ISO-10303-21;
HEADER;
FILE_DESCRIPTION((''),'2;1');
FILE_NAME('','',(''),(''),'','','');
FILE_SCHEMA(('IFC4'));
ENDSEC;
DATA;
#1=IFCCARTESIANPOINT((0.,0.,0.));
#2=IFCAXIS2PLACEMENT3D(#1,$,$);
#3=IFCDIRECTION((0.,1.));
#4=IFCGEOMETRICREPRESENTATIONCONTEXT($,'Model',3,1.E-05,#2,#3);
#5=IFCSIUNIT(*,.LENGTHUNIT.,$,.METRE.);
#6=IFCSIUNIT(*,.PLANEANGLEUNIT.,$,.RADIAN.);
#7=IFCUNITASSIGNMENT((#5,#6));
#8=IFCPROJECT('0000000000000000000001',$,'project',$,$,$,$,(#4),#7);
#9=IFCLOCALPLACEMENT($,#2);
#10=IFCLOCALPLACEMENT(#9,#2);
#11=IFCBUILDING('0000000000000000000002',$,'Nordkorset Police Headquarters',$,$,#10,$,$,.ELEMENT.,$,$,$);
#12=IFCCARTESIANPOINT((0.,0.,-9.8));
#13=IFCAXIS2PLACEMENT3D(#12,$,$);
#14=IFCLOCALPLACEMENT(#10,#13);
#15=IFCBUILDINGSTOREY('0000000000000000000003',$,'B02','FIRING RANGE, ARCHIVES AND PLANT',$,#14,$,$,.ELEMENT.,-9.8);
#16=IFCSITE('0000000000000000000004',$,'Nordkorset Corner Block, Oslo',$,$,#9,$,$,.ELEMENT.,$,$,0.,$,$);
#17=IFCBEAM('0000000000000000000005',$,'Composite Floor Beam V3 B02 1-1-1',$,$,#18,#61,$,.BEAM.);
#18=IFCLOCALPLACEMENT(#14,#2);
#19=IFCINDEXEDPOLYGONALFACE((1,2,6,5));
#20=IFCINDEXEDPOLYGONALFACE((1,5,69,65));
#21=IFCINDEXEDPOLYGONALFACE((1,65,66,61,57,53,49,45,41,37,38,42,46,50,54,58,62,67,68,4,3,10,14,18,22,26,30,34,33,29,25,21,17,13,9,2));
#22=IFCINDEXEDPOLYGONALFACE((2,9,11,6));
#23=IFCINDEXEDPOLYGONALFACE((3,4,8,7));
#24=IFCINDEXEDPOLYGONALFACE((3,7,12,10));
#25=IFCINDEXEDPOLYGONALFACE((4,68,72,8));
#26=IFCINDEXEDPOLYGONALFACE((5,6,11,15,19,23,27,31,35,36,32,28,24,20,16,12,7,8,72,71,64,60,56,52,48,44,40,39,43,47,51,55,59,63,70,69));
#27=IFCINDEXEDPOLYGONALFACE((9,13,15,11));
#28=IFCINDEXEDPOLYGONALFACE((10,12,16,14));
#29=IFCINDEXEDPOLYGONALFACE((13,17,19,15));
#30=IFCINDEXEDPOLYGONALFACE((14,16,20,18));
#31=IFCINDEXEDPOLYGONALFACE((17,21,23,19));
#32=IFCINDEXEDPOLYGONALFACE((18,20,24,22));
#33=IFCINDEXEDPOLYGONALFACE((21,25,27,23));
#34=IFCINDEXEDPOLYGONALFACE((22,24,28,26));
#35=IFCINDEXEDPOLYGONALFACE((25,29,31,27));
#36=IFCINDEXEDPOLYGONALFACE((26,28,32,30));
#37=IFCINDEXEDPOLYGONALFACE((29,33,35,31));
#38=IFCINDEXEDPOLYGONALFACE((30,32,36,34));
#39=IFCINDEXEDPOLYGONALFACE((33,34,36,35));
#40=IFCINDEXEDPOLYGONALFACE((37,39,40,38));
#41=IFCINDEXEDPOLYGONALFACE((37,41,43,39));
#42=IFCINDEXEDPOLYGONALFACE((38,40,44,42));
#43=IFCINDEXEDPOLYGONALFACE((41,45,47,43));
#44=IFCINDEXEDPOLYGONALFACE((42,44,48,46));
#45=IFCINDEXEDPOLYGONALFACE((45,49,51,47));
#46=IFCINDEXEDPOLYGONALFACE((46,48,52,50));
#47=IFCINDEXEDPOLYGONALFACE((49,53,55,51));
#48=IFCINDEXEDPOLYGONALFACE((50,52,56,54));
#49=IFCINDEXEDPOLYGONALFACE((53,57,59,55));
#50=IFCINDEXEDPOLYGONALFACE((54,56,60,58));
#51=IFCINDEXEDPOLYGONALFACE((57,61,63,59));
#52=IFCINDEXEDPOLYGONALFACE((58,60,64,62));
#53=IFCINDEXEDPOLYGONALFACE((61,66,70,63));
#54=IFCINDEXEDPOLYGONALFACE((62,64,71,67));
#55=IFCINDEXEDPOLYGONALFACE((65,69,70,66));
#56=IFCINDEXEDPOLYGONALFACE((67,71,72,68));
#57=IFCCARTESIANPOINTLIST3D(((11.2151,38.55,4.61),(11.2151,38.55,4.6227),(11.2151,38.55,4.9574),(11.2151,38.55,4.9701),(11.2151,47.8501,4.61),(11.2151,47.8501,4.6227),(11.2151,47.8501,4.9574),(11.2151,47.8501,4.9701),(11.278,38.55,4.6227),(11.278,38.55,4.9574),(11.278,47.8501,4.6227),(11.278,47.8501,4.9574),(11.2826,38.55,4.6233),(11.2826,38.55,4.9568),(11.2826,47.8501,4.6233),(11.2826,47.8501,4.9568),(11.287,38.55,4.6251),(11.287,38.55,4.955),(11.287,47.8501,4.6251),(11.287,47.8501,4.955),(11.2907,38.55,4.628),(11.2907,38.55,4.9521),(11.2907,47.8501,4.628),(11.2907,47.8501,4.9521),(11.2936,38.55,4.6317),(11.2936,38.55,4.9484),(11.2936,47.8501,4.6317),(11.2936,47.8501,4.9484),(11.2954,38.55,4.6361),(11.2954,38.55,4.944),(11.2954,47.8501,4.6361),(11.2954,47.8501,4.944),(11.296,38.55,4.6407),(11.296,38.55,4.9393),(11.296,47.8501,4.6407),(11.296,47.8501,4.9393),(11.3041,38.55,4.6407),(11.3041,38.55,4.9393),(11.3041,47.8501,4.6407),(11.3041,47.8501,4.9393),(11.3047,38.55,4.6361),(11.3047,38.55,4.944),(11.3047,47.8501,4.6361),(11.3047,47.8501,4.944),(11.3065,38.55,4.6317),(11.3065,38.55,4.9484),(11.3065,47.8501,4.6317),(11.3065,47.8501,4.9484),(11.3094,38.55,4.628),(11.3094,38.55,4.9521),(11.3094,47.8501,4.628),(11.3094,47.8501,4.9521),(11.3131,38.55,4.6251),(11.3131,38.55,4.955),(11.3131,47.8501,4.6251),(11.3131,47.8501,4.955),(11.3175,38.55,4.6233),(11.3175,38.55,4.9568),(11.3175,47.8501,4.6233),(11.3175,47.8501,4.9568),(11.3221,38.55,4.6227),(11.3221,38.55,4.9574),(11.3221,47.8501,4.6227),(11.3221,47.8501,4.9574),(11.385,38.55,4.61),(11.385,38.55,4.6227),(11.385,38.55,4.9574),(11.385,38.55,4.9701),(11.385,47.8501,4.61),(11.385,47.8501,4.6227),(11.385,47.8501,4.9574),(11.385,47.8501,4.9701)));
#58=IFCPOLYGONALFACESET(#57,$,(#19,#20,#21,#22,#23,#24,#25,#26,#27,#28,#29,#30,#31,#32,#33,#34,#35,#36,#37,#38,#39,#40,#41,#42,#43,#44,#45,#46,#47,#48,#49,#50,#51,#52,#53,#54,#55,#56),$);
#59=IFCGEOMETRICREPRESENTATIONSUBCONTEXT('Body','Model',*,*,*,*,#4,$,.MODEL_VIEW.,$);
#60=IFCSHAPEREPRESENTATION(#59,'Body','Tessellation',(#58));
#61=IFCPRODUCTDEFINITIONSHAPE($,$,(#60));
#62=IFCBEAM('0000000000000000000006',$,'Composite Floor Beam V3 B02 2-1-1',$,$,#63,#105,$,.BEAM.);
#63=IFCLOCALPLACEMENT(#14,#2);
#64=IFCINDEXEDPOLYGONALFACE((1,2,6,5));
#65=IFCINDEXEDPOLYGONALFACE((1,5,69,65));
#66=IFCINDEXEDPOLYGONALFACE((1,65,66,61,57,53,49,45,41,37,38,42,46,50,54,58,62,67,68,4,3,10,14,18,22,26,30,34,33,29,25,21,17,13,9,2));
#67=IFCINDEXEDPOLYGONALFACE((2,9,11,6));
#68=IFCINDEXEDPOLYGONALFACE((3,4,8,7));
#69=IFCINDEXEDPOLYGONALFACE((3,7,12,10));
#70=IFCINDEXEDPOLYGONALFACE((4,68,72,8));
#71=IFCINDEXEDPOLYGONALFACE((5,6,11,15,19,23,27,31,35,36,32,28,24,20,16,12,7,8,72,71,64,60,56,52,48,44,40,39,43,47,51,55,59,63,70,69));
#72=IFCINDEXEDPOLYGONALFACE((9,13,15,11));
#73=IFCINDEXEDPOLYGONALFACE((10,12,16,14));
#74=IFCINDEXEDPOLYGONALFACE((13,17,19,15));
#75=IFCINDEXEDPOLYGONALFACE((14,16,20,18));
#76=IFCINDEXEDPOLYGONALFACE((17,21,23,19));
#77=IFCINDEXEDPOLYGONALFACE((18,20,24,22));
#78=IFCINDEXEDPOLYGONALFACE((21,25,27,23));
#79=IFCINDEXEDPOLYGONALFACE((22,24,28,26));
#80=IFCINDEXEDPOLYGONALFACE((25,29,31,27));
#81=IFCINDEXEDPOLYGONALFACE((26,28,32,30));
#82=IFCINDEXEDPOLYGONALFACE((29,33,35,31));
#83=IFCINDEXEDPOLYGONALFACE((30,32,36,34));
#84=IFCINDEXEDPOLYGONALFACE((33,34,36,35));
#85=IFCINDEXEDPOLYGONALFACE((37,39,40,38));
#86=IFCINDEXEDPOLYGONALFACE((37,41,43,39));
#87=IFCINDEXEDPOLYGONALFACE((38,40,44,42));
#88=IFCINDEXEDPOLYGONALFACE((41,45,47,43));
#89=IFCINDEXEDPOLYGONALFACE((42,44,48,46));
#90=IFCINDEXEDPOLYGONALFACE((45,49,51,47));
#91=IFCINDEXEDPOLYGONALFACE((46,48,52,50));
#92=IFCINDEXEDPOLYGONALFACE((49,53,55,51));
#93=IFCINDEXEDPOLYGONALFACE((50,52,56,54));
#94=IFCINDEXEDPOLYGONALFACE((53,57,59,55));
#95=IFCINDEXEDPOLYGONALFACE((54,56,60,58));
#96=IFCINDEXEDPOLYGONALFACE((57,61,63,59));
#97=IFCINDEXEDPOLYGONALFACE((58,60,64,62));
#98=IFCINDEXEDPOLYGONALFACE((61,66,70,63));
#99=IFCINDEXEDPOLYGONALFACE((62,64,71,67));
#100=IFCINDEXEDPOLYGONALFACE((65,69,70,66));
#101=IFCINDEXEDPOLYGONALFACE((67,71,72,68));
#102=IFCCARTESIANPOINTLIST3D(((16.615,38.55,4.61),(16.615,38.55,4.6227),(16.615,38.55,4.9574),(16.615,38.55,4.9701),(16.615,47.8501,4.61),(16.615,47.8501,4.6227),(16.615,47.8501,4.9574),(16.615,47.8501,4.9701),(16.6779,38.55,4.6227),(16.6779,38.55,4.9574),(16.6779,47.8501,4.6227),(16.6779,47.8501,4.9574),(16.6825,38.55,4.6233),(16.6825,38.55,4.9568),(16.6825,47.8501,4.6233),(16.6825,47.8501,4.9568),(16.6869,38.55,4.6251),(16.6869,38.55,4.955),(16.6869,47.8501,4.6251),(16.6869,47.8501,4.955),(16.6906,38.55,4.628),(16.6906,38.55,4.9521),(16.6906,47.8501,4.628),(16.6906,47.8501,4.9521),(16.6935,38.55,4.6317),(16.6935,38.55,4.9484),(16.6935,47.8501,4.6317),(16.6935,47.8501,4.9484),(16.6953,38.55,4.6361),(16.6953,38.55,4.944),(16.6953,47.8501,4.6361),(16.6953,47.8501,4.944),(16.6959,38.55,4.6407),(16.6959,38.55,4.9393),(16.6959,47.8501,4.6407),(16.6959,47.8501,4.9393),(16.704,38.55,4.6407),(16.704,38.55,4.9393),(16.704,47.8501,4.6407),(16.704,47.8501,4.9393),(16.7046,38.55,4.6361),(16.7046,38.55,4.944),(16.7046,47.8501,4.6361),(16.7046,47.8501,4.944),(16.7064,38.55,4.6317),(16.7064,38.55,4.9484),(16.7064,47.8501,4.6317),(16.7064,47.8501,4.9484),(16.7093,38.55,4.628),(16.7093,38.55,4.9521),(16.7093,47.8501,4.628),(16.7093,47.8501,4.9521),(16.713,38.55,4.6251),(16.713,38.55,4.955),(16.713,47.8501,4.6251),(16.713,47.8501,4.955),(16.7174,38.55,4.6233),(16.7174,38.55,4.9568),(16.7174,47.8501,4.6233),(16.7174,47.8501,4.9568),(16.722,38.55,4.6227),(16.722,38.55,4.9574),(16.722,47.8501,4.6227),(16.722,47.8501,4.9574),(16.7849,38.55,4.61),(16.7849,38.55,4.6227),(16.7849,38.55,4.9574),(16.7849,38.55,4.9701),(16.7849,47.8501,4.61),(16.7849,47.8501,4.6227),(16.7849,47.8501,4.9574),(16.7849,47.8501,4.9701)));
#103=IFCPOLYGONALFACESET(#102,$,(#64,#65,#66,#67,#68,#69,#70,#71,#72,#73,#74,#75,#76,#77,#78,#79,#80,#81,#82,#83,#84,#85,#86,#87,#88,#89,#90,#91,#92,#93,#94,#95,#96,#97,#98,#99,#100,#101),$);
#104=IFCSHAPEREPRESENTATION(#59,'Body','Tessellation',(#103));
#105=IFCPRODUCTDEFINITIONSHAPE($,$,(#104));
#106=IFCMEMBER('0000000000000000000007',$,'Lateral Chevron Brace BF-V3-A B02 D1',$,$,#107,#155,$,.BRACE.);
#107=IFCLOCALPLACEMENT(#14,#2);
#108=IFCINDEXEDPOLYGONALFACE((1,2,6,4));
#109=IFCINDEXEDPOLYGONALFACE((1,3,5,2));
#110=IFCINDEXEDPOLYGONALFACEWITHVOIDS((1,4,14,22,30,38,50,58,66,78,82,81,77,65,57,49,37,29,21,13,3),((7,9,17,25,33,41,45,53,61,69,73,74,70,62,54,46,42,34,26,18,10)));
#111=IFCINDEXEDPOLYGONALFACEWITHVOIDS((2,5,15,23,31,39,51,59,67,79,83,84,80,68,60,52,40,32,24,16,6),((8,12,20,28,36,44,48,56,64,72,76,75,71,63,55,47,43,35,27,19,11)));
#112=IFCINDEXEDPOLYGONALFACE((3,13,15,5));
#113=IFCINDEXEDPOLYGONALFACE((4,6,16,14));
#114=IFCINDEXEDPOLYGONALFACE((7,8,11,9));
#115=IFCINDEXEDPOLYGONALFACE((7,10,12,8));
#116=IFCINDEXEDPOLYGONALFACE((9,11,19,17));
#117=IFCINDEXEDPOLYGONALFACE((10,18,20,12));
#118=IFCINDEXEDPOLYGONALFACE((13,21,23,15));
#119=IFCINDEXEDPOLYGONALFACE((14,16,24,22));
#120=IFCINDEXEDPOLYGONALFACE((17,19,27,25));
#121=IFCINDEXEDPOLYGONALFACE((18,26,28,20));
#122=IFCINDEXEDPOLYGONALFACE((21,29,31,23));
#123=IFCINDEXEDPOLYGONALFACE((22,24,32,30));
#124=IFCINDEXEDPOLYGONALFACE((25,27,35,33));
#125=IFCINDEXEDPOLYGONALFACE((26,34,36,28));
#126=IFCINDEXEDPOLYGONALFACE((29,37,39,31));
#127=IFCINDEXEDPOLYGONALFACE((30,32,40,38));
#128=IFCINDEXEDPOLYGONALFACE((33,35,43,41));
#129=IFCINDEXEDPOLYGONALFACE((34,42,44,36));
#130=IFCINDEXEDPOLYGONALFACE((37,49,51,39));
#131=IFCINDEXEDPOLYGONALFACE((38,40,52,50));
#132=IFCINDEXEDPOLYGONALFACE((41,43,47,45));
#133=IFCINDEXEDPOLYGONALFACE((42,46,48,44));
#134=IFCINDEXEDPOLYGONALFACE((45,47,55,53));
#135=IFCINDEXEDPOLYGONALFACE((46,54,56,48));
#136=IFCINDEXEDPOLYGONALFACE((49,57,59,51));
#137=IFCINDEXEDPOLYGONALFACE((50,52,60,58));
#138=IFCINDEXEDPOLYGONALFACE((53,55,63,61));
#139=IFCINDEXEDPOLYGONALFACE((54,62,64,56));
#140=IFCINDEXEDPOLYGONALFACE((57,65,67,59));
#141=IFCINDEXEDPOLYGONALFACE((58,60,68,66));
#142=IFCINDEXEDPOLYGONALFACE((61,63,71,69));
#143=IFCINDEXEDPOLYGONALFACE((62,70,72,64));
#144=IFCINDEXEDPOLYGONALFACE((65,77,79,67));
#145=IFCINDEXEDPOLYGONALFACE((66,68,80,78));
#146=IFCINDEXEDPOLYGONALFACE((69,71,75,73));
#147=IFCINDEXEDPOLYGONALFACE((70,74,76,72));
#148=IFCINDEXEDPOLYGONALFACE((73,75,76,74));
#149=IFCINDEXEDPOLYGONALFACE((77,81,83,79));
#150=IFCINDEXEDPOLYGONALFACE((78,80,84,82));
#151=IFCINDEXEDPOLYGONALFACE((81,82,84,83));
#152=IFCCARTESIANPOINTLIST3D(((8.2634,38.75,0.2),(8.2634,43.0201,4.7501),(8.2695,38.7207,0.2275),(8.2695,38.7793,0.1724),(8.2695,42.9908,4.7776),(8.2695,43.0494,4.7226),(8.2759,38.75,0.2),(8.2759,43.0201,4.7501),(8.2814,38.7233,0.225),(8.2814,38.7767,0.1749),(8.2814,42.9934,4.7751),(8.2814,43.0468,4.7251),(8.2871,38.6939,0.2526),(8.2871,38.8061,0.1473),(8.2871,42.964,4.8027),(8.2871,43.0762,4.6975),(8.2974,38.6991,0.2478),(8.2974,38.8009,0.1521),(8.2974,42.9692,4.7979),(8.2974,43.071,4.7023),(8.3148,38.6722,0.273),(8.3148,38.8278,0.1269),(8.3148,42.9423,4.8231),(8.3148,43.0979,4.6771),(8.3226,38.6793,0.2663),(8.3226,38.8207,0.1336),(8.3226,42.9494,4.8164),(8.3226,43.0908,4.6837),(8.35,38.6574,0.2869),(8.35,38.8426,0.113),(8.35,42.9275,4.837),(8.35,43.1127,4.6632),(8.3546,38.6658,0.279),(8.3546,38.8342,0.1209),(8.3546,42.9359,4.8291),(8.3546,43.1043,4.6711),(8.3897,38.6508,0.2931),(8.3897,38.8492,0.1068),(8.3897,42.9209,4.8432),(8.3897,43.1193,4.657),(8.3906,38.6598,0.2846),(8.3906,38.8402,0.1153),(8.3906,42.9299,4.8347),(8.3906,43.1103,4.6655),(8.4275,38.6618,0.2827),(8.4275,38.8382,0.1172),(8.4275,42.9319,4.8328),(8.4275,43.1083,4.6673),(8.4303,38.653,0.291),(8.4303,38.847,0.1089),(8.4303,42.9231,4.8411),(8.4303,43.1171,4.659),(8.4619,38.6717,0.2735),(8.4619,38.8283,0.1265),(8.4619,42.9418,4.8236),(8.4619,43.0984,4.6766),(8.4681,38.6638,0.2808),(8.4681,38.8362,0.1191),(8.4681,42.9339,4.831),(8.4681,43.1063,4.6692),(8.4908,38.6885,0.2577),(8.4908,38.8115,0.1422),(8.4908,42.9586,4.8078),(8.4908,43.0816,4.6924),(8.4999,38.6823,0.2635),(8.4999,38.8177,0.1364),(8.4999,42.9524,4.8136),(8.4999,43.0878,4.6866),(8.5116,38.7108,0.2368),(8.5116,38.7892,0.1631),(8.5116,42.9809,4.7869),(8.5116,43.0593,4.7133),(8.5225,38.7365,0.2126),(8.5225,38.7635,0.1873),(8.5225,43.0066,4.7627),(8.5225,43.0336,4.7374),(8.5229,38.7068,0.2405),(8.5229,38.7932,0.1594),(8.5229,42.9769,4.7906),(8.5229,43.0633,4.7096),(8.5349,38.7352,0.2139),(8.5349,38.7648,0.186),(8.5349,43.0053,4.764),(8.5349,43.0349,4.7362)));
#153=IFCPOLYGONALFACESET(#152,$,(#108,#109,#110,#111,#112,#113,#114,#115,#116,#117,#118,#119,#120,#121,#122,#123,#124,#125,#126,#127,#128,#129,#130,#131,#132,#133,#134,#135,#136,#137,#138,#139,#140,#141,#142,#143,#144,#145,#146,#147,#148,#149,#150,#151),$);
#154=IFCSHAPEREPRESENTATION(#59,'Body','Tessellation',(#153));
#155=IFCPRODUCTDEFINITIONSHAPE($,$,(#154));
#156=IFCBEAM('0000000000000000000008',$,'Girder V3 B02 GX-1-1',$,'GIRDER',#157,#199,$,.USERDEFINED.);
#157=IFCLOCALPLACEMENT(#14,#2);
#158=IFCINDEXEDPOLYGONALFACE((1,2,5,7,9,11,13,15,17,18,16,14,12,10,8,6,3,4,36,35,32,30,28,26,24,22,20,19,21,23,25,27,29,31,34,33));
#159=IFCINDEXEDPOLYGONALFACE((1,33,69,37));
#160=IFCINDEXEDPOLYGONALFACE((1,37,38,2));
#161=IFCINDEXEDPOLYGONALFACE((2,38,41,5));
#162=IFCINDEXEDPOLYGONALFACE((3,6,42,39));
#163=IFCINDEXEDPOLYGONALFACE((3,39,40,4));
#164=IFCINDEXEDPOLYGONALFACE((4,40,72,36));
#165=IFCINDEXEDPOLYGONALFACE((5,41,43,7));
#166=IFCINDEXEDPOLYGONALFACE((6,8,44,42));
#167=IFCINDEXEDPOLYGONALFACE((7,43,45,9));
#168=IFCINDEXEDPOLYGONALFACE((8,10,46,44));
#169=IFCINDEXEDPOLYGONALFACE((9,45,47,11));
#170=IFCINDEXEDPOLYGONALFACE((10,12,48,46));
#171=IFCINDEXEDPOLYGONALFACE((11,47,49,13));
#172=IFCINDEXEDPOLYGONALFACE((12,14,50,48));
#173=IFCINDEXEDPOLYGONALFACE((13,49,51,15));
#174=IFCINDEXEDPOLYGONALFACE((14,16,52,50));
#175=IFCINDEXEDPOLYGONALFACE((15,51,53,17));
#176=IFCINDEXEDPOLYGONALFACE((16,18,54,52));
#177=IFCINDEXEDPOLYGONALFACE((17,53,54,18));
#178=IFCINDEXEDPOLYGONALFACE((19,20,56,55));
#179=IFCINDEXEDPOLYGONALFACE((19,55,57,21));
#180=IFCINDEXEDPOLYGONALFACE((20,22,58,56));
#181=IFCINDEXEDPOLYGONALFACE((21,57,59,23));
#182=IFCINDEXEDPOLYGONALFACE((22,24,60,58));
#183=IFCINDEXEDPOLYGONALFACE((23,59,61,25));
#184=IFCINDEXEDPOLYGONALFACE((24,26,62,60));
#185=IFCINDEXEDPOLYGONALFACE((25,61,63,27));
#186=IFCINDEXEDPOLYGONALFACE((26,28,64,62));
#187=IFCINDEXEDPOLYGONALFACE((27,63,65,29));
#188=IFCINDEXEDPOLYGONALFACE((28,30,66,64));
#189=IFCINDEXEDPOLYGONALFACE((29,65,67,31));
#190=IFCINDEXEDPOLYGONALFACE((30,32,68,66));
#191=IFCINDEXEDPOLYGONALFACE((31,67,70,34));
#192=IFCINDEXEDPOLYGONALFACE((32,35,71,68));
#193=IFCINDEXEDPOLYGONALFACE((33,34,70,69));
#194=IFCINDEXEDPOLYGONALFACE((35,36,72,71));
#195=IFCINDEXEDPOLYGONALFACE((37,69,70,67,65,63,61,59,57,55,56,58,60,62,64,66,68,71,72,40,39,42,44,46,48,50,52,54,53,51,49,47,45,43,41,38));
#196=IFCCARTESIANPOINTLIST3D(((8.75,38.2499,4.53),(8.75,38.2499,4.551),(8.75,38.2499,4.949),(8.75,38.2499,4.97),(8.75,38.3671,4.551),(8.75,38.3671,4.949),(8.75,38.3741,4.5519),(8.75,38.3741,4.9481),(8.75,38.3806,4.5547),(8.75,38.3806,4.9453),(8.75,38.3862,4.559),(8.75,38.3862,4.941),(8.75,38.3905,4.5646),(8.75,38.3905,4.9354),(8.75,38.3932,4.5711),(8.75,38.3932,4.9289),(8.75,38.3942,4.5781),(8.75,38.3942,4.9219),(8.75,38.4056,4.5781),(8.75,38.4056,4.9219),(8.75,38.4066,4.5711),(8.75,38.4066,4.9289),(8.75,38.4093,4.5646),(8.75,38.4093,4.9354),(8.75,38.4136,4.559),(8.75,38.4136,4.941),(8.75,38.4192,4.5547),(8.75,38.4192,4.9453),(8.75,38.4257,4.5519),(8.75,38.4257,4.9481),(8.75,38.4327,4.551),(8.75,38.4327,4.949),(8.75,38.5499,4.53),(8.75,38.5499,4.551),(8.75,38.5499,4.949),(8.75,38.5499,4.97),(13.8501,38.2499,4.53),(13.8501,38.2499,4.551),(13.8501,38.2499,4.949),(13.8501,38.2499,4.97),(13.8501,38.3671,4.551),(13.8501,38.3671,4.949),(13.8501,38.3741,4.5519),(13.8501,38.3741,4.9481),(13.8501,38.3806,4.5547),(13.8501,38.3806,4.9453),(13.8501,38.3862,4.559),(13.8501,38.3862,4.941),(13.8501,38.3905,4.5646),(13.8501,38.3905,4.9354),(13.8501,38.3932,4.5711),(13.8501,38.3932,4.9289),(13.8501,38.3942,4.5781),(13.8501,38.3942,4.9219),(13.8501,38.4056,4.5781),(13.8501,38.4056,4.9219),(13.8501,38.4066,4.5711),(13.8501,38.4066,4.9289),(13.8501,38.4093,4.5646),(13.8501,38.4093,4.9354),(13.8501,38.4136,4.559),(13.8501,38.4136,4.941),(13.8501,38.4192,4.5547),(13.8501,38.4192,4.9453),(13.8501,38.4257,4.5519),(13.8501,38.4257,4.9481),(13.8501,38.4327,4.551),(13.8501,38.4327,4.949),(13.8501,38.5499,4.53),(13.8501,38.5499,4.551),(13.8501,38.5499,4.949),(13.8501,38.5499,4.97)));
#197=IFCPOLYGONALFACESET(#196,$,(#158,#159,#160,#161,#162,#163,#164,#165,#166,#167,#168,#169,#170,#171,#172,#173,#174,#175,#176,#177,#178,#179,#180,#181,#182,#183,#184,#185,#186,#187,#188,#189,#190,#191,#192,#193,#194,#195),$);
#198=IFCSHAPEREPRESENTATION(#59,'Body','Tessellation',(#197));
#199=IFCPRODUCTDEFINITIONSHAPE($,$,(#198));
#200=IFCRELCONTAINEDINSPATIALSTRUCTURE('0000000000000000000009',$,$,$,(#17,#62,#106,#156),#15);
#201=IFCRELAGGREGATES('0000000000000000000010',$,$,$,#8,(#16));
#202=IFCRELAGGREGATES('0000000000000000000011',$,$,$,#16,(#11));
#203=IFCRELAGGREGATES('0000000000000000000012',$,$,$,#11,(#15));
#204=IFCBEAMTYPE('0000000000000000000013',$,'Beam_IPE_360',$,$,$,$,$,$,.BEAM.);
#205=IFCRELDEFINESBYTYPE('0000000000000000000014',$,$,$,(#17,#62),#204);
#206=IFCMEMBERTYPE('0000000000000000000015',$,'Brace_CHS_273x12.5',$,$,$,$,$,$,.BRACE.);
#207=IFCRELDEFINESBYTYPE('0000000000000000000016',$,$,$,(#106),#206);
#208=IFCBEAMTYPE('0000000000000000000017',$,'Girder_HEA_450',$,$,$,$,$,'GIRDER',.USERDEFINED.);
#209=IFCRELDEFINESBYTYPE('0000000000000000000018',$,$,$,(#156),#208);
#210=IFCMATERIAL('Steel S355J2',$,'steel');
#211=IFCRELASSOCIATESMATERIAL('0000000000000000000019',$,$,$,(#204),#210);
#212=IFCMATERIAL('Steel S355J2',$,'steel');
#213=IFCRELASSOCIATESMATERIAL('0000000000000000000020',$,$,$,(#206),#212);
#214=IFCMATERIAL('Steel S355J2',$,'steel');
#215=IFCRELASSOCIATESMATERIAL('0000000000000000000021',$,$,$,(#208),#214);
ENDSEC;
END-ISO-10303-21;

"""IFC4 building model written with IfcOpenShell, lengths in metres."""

from ifc_helpers import new_model, si_unit, direction, frame, origin, origin_2d, place, context, subcontext, project, spatial, hollow_circle, i_section, extrude, material, material_profile, profile_set, type_object, element, save


model = new_model("IFC4")

# Units and contexts
model_context = context("Model", 3, precision=1e-05, world=origin(), true_north=direction((0.0, 1.0)))
body_context = subcontext(model_context, "Body", "Model", "MODEL_VIEW")
ifc_project = project(units=[si_unit("LENGTHUNIT", "METRE"), si_unit("PLANEANGLEUNIT", "RADIAN")], contexts=[model_context])

# Site, building, storey
site_placement = place(None, origin())
site = spatial("IfcSite", under=ifc_project, at=site_placement, Name="Nordkorset Corner Block, Oslo", CompositionType="ELEMENT", RefElevation=0.0)
building_placement = place(site_placement, origin())
building = spatial("IfcBuilding", under=site, at=building_placement, Name="Nordkorset Police Headquarters", CompositionType="ELEMENT")
storey_placement = place(building_placement, frame((0.0, 0.0, -9.8)))
storey = spatial("IfcBuildingStorey", under=building, at=storey_placement, Name="B02", Description="FIRING RANGE, ARCHIVES AND PLANT", CompositionType="ELEMENT", Elevation=-9.8)

# Beams
ifc_material_1 = material(Name="Steel S355J2", Category="steel")
ifc_material_profile_1 = material_profile(ifc_material_1, i_section(OverallWidth=0.1699, OverallDepth=0.3601, WebThickness=0.0081, FlangeThickness=0.0127, FilletRadius=0.0181, at=origin_2d()), Name="IPE 360")
ifc_profile_set_1 = profile_set([ifc_material_profile_1], Name="Steel S355J2")
beam_type_1 = type_object("IfcBeamType", Name="Beam_IPE_360", PredefinedType="BEAM", material=ifc_profile_set_1)
for number, where, z_axis, x_axis, name in (
    (1, (11.3, 38.55, 4.79), (0.0, 1.0, 0.0), (-1.0, 0.0, 0.0), "Composite Floor Beam V3 B02 1-1-1"),
    (2, (16.7, 38.55, 4.79), (0.0, 1.0, 0.0), (-1.0, 0.0, 0.0), "Composite Floor Beam V3 B02 2-1-1"),
):
    element("IfcBeam", number, at=place(storey_placement, frame(where, z_axis=z_axis, x_axis=x_axis)), inside=storey, type_object=beam_type_1, Name=name, PredefinedType="BEAM", context=body_context, shape_type="SweptSolid", body=[
        extrude(i_section(OverallWidth=0.1699, OverallDepth=0.3601, WebThickness=0.0081, FlangeThickness=0.0127, FilletRadius=0.0181, at=origin_2d()), origin(), (0.0, 0.0, 1.0), 9.3),
    ])

# Member
ifc_material_2 = material(Name="Steel S355J2", Category="steel")
ifc_material_profile_2 = material_profile(ifc_material_2, hollow_circle(Radius=0.1365, WallThickness=0.0125, at=origin_2d()), Name="CHS 273x12.5")
ifc_profile_set_2 = profile_set([ifc_material_profile_2], Name="Steel S355J2")
member_type = type_object("IfcMemberType", Name="Brace_CHS_273x12.5", PredefinedType="BRACE", material=ifc_profile_set_2)
member_placement = place(storey_placement, frame((8.3999, 38.75, 0.2), z_axis=(0.0, 0.684312, 0.729189), x_axis=(-1.0, 0.0, 0.0)))
element("IfcMember", 3, at=member_placement, inside=storey, type_object=member_type, Name="Lateral Chevron Brace BF-V3-A B02 D1", PredefinedType="BRACE", context=body_context, shape_type="SweptSolid", body=[
    extrude(hollow_circle(Radius=0.1365, WallThickness=0.0125, at=origin_2d()), origin(), (0.0, 0.0, 1.0), 6.24),
])

# Beam
ifc_material_3 = material(Name="Steel S355J2", Category="steel")
ifc_material_profile_3 = material_profile(ifc_material_3, i_section(OverallWidth=0.3, OverallDepth=0.4399, WebThickness=0.0115, FlangeThickness=0.021, FilletRadius=0.0271, at=origin_2d()), Name="HEA 450")
ifc_profile_set_3 = profile_set([ifc_material_profile_3], Name="Steel S355J2")
beam_type_2 = type_object("IfcBeamType", Name="Girder_HEA_450", ElementType="GIRDER", PredefinedType="USERDEFINED", material=ifc_profile_set_3)
beam_1_placement = place(storey_placement, frame((8.75, 38.3999, 4.75), z_axis=(1.0, 0.0, 0.0), x_axis=(0.0, 1.0, 0.0)))
element("IfcBeam", 4, at=beam_1_placement, inside=storey, type_object=beam_type_2, Name="Girder V3 B02 GX-1-1", ObjectType="GIRDER", PredefinedType="USERDEFINED", context=body_context, shape_type="SweptSolid", body=[
    extrude(i_section(OverallWidth=0.3, OverallDepth=0.4399, WebThickness=0.0115, FlangeThickness=0.021, FilletRadius=0.0271, at=origin_2d()), origin(), (0.0, 0.0, 1.0), 5.1001),
])

save(model, "model.ifc")
